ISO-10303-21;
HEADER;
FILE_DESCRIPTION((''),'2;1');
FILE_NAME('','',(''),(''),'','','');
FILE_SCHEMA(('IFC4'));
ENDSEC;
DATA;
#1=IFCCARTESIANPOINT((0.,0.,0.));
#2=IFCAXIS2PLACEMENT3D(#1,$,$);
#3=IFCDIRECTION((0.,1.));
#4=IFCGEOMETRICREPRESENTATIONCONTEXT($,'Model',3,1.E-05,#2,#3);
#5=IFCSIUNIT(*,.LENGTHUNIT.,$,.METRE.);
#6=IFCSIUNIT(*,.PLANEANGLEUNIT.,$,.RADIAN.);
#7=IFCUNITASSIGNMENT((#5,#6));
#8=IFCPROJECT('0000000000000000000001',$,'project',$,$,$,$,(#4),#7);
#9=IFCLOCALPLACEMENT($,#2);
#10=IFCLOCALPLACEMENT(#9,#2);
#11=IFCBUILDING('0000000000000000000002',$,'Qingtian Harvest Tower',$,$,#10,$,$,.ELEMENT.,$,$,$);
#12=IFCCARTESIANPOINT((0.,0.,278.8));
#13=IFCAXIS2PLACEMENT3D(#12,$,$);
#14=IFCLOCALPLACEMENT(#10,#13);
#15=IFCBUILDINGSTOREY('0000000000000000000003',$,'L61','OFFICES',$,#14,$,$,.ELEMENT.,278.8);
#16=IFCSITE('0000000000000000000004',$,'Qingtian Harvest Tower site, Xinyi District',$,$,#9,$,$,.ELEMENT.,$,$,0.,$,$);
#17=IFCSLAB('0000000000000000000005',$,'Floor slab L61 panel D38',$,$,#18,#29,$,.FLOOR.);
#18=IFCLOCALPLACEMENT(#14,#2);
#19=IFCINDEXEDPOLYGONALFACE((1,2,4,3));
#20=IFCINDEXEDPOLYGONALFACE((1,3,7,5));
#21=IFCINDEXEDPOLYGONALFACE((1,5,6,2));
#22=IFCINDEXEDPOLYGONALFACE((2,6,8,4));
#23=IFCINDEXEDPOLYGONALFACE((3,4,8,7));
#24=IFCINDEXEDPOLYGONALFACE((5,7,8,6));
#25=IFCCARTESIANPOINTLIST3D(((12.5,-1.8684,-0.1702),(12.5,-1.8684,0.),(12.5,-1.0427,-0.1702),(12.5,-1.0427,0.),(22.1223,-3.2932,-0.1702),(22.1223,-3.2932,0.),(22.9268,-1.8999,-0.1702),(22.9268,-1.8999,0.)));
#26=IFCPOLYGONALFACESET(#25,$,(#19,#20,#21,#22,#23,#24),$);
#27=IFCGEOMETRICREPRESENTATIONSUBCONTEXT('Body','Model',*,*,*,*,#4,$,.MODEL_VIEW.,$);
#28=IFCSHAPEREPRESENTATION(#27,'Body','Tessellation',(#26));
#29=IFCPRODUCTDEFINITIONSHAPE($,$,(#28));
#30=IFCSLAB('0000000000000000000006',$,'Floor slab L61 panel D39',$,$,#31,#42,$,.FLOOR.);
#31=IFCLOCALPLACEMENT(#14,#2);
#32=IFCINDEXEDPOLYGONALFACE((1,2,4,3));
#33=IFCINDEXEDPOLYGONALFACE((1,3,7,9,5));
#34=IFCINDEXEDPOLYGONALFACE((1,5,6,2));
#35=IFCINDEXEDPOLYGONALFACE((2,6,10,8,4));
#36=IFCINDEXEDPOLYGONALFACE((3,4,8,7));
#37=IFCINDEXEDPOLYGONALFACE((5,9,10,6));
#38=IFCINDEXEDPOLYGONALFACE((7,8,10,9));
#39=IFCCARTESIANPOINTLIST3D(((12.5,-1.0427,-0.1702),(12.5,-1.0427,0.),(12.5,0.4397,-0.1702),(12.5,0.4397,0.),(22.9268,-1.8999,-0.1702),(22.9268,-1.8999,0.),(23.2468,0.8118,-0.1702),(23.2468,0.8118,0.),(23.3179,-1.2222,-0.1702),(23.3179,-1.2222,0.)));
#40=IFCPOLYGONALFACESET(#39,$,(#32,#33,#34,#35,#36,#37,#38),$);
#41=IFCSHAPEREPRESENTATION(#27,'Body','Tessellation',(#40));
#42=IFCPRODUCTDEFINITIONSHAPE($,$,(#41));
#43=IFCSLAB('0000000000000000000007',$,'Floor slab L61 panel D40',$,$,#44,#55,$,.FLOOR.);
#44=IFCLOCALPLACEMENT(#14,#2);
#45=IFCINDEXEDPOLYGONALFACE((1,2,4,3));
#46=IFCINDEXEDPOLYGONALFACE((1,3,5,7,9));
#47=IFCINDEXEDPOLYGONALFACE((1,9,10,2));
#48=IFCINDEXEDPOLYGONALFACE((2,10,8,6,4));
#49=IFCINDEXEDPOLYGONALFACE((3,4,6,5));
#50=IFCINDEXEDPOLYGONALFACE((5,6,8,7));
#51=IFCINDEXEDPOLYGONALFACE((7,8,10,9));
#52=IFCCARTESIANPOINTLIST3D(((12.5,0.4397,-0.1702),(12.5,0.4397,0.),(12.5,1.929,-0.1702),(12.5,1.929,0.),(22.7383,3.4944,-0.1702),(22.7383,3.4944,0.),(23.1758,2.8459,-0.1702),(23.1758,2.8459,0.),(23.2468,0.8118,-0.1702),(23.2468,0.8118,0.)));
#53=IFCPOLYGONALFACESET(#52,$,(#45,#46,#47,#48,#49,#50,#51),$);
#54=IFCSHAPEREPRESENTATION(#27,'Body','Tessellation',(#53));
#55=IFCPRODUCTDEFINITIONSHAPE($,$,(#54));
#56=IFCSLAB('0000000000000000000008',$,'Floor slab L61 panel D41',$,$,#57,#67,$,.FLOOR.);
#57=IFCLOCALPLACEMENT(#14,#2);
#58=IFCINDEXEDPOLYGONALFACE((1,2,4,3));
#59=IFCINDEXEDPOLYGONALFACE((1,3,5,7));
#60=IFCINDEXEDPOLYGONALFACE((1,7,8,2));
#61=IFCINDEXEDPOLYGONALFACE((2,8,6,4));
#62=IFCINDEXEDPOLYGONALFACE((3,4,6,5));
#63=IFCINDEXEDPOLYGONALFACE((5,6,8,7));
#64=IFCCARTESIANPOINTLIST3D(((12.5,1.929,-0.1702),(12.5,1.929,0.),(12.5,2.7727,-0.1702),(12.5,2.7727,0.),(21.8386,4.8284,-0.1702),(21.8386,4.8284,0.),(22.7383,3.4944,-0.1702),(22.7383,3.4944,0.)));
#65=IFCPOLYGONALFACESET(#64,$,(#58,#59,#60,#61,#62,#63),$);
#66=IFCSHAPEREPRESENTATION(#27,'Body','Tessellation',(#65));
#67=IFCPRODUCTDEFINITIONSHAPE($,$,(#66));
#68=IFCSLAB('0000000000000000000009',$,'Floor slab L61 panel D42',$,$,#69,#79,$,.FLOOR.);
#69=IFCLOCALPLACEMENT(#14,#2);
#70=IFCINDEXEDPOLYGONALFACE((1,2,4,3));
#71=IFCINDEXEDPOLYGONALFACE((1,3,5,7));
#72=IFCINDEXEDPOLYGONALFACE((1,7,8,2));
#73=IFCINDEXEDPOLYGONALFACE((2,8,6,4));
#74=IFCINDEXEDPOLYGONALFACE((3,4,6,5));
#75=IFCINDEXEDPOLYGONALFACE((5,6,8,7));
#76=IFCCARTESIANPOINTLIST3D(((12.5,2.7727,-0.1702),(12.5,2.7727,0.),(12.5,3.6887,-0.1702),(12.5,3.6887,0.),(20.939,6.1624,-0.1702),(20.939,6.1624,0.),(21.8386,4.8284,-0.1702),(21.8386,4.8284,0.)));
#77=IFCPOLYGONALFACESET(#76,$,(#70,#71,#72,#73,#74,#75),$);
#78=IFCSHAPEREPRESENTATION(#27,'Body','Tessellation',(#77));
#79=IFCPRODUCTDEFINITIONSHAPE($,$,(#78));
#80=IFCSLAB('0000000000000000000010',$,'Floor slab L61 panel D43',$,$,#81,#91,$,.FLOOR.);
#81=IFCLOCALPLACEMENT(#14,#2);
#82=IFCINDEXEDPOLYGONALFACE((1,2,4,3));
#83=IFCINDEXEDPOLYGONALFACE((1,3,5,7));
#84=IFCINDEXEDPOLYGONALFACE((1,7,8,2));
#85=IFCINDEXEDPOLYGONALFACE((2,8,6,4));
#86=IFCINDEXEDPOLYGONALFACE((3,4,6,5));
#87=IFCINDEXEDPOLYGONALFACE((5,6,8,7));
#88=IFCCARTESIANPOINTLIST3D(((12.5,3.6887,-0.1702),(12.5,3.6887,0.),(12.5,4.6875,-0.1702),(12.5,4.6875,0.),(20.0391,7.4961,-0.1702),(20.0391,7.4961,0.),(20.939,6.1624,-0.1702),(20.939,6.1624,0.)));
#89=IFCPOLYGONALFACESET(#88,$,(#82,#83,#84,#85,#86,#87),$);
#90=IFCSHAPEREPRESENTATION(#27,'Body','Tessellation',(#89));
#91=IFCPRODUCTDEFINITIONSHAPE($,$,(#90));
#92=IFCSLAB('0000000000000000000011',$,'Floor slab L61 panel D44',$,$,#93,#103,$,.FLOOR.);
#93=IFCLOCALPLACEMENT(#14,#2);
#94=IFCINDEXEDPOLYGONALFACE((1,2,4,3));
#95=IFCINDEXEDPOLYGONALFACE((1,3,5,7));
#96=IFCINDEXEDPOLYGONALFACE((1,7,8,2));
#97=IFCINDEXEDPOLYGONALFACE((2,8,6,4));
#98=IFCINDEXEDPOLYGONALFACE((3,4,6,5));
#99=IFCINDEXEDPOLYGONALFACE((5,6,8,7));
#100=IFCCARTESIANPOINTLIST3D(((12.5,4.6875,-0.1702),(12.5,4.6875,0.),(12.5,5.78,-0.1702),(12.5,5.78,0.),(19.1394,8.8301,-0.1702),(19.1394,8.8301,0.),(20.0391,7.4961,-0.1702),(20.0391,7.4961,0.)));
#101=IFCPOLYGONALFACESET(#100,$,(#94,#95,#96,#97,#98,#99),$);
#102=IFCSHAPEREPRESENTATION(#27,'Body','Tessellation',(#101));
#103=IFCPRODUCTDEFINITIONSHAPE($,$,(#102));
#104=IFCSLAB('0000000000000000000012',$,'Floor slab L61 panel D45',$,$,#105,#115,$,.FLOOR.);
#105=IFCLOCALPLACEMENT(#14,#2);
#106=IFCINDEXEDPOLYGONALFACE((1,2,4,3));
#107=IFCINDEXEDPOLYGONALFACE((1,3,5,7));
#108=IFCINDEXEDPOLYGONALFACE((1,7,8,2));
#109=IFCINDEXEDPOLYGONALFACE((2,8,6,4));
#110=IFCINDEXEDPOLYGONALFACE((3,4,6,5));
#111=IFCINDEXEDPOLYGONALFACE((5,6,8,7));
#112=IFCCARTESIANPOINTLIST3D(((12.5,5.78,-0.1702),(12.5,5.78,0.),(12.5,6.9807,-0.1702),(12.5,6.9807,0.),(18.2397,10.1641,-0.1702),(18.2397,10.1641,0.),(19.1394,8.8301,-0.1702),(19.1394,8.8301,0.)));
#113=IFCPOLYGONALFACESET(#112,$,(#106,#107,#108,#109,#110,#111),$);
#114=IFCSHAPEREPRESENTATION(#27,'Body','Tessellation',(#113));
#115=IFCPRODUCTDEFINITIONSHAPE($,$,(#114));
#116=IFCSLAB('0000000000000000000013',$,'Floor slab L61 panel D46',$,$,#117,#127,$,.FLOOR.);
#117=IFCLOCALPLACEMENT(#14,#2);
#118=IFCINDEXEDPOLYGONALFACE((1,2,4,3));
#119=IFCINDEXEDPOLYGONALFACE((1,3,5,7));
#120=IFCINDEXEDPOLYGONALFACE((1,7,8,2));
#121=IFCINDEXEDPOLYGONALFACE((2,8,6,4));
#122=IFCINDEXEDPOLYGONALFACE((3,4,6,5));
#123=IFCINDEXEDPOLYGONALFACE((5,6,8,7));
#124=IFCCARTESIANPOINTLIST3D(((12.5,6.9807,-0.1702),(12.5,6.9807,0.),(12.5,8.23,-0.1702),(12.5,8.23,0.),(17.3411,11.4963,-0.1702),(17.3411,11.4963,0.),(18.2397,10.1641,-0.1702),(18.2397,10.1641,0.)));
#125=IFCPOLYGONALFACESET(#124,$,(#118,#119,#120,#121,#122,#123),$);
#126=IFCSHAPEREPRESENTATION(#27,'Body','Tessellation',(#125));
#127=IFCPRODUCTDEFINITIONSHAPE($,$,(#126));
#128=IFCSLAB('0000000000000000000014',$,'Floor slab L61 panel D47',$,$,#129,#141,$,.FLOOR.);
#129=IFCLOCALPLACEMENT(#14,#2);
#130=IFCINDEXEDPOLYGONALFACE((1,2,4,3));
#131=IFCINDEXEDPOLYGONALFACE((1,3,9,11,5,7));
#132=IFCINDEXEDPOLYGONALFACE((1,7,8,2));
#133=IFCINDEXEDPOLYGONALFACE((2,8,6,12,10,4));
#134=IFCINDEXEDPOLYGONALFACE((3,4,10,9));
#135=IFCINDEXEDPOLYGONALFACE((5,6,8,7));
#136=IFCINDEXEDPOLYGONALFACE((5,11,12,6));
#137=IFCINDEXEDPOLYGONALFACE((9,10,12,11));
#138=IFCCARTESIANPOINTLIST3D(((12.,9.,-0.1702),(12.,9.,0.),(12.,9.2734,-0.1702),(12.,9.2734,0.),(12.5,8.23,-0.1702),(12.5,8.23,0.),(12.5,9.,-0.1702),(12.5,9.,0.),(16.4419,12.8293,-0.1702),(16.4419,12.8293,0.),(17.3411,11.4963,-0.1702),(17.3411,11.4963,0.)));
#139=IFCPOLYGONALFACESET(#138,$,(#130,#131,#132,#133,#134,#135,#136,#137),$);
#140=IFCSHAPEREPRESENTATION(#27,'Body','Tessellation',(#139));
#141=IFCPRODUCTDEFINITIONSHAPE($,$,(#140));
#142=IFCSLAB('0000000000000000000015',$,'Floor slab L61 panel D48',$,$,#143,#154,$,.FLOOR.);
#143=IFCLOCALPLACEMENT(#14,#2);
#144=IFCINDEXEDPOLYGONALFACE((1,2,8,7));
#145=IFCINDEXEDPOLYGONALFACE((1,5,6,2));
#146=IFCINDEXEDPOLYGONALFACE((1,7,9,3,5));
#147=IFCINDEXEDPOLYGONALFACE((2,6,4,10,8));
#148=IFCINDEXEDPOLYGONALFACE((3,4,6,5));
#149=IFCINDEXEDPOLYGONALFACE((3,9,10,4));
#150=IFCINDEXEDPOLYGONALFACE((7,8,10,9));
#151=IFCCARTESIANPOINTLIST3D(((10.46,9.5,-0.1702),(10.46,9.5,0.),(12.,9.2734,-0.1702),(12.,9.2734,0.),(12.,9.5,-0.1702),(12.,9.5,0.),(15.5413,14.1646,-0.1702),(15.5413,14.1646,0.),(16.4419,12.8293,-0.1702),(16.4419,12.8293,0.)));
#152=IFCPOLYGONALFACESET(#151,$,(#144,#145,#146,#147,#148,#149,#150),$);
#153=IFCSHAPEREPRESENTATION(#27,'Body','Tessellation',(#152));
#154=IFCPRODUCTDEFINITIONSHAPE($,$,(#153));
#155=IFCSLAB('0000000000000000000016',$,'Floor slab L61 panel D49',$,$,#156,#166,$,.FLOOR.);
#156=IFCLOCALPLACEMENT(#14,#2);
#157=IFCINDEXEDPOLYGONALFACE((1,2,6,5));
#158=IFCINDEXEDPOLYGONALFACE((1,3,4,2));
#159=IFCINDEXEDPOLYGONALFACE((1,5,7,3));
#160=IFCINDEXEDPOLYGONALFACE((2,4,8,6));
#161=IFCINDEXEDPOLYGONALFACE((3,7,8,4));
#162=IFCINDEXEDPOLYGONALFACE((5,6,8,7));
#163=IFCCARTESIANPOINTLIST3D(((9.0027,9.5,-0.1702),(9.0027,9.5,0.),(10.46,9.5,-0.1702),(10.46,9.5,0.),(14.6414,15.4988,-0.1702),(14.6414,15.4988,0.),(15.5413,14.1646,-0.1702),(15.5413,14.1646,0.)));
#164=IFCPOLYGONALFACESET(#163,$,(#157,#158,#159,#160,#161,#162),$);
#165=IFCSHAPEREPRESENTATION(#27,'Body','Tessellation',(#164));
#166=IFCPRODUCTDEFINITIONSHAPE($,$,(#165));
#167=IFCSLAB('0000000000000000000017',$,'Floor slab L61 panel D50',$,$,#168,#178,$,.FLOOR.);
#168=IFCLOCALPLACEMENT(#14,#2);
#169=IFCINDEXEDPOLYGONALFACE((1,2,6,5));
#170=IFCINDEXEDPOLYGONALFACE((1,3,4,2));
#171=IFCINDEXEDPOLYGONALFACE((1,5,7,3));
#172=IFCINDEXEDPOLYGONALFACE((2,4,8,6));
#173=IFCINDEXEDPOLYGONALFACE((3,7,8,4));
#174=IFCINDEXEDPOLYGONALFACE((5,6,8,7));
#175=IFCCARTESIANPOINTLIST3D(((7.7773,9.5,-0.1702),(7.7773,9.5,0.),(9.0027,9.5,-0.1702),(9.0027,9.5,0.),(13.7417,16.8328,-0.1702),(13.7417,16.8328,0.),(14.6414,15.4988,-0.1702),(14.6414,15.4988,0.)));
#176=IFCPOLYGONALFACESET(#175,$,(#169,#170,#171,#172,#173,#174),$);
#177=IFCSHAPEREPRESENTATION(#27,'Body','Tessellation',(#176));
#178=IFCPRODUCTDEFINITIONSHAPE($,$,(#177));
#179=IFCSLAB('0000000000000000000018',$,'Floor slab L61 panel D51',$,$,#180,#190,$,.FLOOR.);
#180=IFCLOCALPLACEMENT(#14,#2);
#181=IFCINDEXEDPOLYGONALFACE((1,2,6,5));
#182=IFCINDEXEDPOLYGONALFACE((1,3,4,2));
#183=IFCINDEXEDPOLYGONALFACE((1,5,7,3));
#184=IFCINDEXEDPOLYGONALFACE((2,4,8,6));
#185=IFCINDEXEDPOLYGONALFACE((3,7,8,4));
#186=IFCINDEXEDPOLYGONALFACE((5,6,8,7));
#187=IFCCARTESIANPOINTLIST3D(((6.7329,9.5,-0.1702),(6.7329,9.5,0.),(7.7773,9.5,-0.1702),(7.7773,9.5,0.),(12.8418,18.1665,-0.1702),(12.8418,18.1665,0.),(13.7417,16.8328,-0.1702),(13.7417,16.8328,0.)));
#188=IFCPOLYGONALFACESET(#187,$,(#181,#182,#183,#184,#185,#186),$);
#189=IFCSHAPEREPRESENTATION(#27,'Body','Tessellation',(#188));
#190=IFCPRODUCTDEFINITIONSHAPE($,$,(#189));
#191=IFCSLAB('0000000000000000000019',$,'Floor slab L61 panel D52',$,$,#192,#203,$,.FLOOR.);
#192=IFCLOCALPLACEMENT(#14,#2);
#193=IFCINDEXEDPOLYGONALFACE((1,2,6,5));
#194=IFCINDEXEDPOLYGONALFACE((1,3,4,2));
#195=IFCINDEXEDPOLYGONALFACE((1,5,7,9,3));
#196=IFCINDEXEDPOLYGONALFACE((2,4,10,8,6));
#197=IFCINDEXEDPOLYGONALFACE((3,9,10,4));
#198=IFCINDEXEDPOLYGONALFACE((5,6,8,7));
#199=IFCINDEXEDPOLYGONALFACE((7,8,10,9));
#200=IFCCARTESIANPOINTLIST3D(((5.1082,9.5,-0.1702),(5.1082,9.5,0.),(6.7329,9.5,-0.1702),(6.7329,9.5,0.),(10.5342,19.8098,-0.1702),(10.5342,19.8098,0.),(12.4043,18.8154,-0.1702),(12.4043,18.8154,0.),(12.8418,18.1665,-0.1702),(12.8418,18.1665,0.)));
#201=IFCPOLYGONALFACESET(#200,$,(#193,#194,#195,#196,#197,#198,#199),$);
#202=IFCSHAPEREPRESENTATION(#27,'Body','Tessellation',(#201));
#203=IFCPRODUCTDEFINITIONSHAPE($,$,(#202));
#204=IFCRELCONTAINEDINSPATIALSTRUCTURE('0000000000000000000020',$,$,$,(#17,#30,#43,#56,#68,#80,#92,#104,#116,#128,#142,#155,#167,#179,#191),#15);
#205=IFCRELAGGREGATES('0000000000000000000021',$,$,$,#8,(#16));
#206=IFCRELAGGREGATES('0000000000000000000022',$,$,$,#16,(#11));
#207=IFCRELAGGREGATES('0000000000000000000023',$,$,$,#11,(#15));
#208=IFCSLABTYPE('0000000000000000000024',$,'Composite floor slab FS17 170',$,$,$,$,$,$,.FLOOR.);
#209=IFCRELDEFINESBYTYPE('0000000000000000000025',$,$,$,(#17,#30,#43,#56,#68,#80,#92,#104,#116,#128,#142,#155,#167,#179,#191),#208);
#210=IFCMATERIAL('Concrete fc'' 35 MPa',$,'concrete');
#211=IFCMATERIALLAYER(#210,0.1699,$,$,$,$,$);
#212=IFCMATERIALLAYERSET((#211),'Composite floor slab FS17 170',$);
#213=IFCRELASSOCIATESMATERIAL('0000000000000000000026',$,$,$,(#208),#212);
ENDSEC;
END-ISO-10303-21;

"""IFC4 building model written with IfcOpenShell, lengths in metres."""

from ifc_helpers import new_model, si_unit, direction, frame, origin, place, context, subcontext, project, spatial, polyline, outline, extrude, material, layer, layer_set, type_object, element, save


model = new_model("IFC4")

# Units and contexts
model_context = context("Model", 3, precision=1e-05, world=origin(), true_north=direction((0.0, 1.0)))
body_context = subcontext(model_context, "Body", "Model", "MODEL_VIEW")
ifc_project = project(units=[si_unit("LENGTHUNIT", "METRE"), si_unit("PLANEANGLEUNIT", "RADIAN")], contexts=[model_context])

# Site, building, storey
site_placement = place(None, origin())
site = spatial("IfcSite", under=ifc_project, at=site_placement, Name="Qingtian Harvest Tower site, Xinyi District", CompositionType="ELEMENT", RefElevation=0.0)
building_placement = place(site_placement, origin())
building = spatial("IfcBuilding", under=site, at=building_placement, Name="Qingtian Harvest Tower", CompositionType="ELEMENT")
storey_placement = place(building_placement, frame((0.0, 0.0, 278.8)))
storey = spatial("IfcBuildingStorey", under=building, at=storey_placement, Name="L61", Description="OFFICES", CompositionType="ELEMENT", Elevation=278.8)

# Slabs
ifc_material_1 = material(Name="Concrete fc' 35 MPa", Category="concrete")
ifc_layer_1 = layer(ifc_material_1, 0.1699)
ifc_layer_set_1 = layer_set([ifc_layer_1], Name="Composite floor slab FS17 170")
slab_type = type_object("IfcSlabType", Name="Composite floor slab FS17 170", PredefinedType="FLOOR", material=ifc_layer_set_1)
slab_1_placement = place(storey_placement, frame((0.0, 0.0, -0.1702)))
element("IfcSlab", 1, at=slab_1_placement, inside=storey, type_object=slab_type, Name="Floor slab L61 panel D38", PredefinedType="FLOOR", context=body_context, shape_type="SweptSolid", body=[
    extrude(outline(polyline([(12.5, -1.0427), (22.9268, -1.8999), (22.1223, -3.2932), (12.5, -1.8684), (12.5, -1.0427)])), origin(), (0.0, 0.0, 1.0), 0.1702),
])
slab_2_placement = place(storey_placement, frame((0.0, 0.0, -0.1702)))
element("IfcSlab", 2, at=slab_2_placement, inside=storey, type_object=slab_type, Name="Floor slab L61 panel D39", PredefinedType="FLOOR", context=body_context, shape_type="SweptSolid", body=[
    extrude(outline(polyline([(12.5, -1.0427), (12.5, 0.4397), (23.2468, 0.8118), (23.3179, -1.2222), (22.9268, -1.8999), (12.5, -1.0427)])), origin(), (0.0, 0.0, 1.0), 0.1702),
])
slab_3_placement = place(storey_placement, frame((0.0, 0.0, -0.1702)))
element("IfcSlab", 3, at=slab_3_placement, inside=storey, type_object=slab_type, Name="Floor slab L61 panel D40", PredefinedType="FLOOR", context=body_context, shape_type="SweptSolid", body=[
    extrude(outline(polyline([(12.5, 0.4397), (12.5, 1.929), (22.7383, 3.4944), (23.1758, 2.8459), (23.2468, 0.8118), (12.5, 0.4397)])), origin(), (0.0, 0.0, 1.0), 0.1702),
])
slab_4_placement = place(storey_placement, frame((0.0, 0.0, -0.1702)))
element("IfcSlab", 4, at=slab_4_placement, inside=storey, type_object=slab_type, Name="Floor slab L61 panel D41", PredefinedType="FLOOR", context=body_context, shape_type="SweptSolid", body=[
    extrude(outline(polyline([(12.5, 2.7727), (21.8386, 4.8284), (22.7383, 3.4944), (12.5, 1.929), (12.5, 2.7727)])), origin(), (0.0, 0.0, 1.0), 0.1702),
])
slab_5_placement = place(storey_placement, frame((0.0, 0.0, -0.1702)))
element("IfcSlab", 5, at=slab_5_placement, inside=storey, type_object=slab_type, Name="Floor slab L61 panel D42", PredefinedType="FLOOR", context=body_context, shape_type="SweptSolid", body=[
    extrude(outline(polyline([(12.5, 3.6887), (20.939, 6.1624), (21.8386, 4.8284), (12.5, 2.7727), (12.5, 3.6887)])), origin(), (0.0, 0.0, 1.0), 0.1702),
])
slab_6_placement = place(storey_placement, frame((0.0, 0.0, -0.1702)))
element("IfcSlab", 6, at=slab_6_placement, inside=storey, type_object=slab_type, Name="Floor slab L61 panel D43", PredefinedType="FLOOR", context=body_context, shape_type="SweptSolid", body=[
    extrude(outline(polyline([(12.5, 4.6875), (20.0391, 7.4961), (20.939, 6.1624), (12.5, 3.6887), (12.5, 4.6875)])), origin(), (0.0, 0.0, 1.0), 0.1702),
])
slab_7_placement = place(storey_placement, frame((0.0, 0.0, -0.1702)))
element("IfcSlab", 7, at=slab_7_placement, inside=storey, type_object=slab_type, Name="Floor slab L61 panel D44", PredefinedType="FLOOR", context=body_context, shape_type="SweptSolid", body=[
    extrude(outline(polyline([(12.5, 5.78), (19.1394, 8.8301), (20.0391, 7.4961), (12.5, 4.6875), (12.5, 5.78)])), origin(), (0.0, 0.0, 1.0), 0.1702),
])
slab_8_placement = place(storey_placement, frame((0.0, 0.0, -0.1702)))
element("IfcSlab", 8, at=slab_8_placement, inside=storey, type_object=slab_type, Name="Floor slab L61 panel D45", PredefinedType="FLOOR", context=body_context, shape_type="SweptSolid", body=[
    extrude(outline(polyline([(12.5, 6.9807), (18.2397, 10.1641), (19.1394, 8.8301), (12.5, 5.78), (12.5, 6.9807)])), origin(), (0.0, 0.0, 1.0), 0.1702),
])
slab_9_placement = place(storey_placement, frame((0.0, 0.0, -0.1702)))
element("IfcSlab", 9, at=slab_9_placement, inside=storey, type_object=slab_type, Name="Floor slab L61 panel D46", PredefinedType="FLOOR", context=body_context, shape_type="SweptSolid", body=[
    extrude(outline(polyline([(12.5, 8.23), (17.3411, 11.4963), (18.2397, 10.1641), (12.5, 6.9807), (12.5, 8.23)])), origin(), (0.0, 0.0, 1.0), 0.1702),
])
slab_10_placement = place(storey_placement, frame((0.0, 0.0, -0.1702)))
element("IfcSlab", 10, at=slab_10_placement, inside=storey, type_object=slab_type, Name="Floor slab L61 panel D47", PredefinedType="FLOOR", context=body_context, shape_type="SweptSolid", body=[
    extrude(outline(polyline([(12.5, 9.0), (12.0, 9.0), (12.0, 9.2734), (16.4419, 12.8293), (17.3411, 11.4963), (12.5, 8.23), (12.5, 9.0)])), origin(), (0.0, 0.0, 1.0), 0.1702),
])
slab_11_placement = place(storey_placement, frame((0.0, 0.0, -0.1702)))
element("IfcSlab", 11, at=slab_11_placement, inside=storey, type_object=slab_type, Name="Floor slab L61 panel D48", PredefinedType="FLOOR", context=body_context, shape_type="SweptSolid", body=[
    extrude(outline(polyline([(12.0, 9.5), (10.46, 9.5), (15.5413, 14.1646), (16.4419, 12.8293), (12.0, 9.2734), (12.0, 9.5)])), origin(), (0.0, 0.0, 1.0), 0.1702),
])
slab_12_placement = place(storey_placement, frame((0.0, 0.0, -0.1702)))
element("IfcSlab", 12, at=slab_12_placement, inside=storey, type_object=slab_type, Name="Floor slab L61 panel D49", PredefinedType="FLOOR", context=body_context, shape_type="SweptSolid", body=[
    extrude(outline(polyline([(9.0027, 9.5), (14.6414, 15.4988), (15.5413, 14.1646), (10.46, 9.5), (9.0027, 9.5)])), origin(), (0.0, 0.0, 1.0), 0.1702),
])
slab_13_placement = place(storey_placement, frame((0.0, 0.0, -0.1702)))
element("IfcSlab", 13, at=slab_13_placement, inside=storey, type_object=slab_type, Name="Floor slab L61 panel D50", PredefinedType="FLOOR", context=body_context, shape_type="SweptSolid", body=[
    extrude(outline(polyline([(7.7773, 9.5), (13.7417, 16.8328), (14.6414, 15.4988), (9.0027, 9.5), (7.7773, 9.5)])), origin(), (0.0, 0.0, 1.0), 0.1702),
])
slab_14_placement = place(storey_placement, frame((0.0, 0.0, -0.1702)))
element("IfcSlab", 14, at=slab_14_placement, inside=storey, type_object=slab_type, Name="Floor slab L61 panel D51", PredefinedType="FLOOR", context=body_context, shape_type="SweptSolid", body=[
    extrude(outline(polyline([(6.7329, 9.5), (12.8418, 18.1665), (13.7417, 16.8328), (7.7773, 9.5), (6.7329, 9.5)])), origin(), (0.0, 0.0, 1.0), 0.1702),
])
slab_15_placement = place(storey_placement, frame((0.0, 0.0, -0.1702)))
element("IfcSlab", 15, at=slab_15_placement, inside=storey, type_object=slab_type, Name="Floor slab L61 panel D52", PredefinedType="FLOOR", context=body_context, shape_type="SweptSolid", body=[
    extrude(outline(polyline([(6.7329, 9.5), (5.1082, 9.5), (10.5342, 19.8098), (12.4043, 18.8154), (12.8418, 18.1665), (6.7329, 9.5)])), origin(), (0.0, 0.0, 1.0), 0.1702),
])

save(model, "model.ifc")
